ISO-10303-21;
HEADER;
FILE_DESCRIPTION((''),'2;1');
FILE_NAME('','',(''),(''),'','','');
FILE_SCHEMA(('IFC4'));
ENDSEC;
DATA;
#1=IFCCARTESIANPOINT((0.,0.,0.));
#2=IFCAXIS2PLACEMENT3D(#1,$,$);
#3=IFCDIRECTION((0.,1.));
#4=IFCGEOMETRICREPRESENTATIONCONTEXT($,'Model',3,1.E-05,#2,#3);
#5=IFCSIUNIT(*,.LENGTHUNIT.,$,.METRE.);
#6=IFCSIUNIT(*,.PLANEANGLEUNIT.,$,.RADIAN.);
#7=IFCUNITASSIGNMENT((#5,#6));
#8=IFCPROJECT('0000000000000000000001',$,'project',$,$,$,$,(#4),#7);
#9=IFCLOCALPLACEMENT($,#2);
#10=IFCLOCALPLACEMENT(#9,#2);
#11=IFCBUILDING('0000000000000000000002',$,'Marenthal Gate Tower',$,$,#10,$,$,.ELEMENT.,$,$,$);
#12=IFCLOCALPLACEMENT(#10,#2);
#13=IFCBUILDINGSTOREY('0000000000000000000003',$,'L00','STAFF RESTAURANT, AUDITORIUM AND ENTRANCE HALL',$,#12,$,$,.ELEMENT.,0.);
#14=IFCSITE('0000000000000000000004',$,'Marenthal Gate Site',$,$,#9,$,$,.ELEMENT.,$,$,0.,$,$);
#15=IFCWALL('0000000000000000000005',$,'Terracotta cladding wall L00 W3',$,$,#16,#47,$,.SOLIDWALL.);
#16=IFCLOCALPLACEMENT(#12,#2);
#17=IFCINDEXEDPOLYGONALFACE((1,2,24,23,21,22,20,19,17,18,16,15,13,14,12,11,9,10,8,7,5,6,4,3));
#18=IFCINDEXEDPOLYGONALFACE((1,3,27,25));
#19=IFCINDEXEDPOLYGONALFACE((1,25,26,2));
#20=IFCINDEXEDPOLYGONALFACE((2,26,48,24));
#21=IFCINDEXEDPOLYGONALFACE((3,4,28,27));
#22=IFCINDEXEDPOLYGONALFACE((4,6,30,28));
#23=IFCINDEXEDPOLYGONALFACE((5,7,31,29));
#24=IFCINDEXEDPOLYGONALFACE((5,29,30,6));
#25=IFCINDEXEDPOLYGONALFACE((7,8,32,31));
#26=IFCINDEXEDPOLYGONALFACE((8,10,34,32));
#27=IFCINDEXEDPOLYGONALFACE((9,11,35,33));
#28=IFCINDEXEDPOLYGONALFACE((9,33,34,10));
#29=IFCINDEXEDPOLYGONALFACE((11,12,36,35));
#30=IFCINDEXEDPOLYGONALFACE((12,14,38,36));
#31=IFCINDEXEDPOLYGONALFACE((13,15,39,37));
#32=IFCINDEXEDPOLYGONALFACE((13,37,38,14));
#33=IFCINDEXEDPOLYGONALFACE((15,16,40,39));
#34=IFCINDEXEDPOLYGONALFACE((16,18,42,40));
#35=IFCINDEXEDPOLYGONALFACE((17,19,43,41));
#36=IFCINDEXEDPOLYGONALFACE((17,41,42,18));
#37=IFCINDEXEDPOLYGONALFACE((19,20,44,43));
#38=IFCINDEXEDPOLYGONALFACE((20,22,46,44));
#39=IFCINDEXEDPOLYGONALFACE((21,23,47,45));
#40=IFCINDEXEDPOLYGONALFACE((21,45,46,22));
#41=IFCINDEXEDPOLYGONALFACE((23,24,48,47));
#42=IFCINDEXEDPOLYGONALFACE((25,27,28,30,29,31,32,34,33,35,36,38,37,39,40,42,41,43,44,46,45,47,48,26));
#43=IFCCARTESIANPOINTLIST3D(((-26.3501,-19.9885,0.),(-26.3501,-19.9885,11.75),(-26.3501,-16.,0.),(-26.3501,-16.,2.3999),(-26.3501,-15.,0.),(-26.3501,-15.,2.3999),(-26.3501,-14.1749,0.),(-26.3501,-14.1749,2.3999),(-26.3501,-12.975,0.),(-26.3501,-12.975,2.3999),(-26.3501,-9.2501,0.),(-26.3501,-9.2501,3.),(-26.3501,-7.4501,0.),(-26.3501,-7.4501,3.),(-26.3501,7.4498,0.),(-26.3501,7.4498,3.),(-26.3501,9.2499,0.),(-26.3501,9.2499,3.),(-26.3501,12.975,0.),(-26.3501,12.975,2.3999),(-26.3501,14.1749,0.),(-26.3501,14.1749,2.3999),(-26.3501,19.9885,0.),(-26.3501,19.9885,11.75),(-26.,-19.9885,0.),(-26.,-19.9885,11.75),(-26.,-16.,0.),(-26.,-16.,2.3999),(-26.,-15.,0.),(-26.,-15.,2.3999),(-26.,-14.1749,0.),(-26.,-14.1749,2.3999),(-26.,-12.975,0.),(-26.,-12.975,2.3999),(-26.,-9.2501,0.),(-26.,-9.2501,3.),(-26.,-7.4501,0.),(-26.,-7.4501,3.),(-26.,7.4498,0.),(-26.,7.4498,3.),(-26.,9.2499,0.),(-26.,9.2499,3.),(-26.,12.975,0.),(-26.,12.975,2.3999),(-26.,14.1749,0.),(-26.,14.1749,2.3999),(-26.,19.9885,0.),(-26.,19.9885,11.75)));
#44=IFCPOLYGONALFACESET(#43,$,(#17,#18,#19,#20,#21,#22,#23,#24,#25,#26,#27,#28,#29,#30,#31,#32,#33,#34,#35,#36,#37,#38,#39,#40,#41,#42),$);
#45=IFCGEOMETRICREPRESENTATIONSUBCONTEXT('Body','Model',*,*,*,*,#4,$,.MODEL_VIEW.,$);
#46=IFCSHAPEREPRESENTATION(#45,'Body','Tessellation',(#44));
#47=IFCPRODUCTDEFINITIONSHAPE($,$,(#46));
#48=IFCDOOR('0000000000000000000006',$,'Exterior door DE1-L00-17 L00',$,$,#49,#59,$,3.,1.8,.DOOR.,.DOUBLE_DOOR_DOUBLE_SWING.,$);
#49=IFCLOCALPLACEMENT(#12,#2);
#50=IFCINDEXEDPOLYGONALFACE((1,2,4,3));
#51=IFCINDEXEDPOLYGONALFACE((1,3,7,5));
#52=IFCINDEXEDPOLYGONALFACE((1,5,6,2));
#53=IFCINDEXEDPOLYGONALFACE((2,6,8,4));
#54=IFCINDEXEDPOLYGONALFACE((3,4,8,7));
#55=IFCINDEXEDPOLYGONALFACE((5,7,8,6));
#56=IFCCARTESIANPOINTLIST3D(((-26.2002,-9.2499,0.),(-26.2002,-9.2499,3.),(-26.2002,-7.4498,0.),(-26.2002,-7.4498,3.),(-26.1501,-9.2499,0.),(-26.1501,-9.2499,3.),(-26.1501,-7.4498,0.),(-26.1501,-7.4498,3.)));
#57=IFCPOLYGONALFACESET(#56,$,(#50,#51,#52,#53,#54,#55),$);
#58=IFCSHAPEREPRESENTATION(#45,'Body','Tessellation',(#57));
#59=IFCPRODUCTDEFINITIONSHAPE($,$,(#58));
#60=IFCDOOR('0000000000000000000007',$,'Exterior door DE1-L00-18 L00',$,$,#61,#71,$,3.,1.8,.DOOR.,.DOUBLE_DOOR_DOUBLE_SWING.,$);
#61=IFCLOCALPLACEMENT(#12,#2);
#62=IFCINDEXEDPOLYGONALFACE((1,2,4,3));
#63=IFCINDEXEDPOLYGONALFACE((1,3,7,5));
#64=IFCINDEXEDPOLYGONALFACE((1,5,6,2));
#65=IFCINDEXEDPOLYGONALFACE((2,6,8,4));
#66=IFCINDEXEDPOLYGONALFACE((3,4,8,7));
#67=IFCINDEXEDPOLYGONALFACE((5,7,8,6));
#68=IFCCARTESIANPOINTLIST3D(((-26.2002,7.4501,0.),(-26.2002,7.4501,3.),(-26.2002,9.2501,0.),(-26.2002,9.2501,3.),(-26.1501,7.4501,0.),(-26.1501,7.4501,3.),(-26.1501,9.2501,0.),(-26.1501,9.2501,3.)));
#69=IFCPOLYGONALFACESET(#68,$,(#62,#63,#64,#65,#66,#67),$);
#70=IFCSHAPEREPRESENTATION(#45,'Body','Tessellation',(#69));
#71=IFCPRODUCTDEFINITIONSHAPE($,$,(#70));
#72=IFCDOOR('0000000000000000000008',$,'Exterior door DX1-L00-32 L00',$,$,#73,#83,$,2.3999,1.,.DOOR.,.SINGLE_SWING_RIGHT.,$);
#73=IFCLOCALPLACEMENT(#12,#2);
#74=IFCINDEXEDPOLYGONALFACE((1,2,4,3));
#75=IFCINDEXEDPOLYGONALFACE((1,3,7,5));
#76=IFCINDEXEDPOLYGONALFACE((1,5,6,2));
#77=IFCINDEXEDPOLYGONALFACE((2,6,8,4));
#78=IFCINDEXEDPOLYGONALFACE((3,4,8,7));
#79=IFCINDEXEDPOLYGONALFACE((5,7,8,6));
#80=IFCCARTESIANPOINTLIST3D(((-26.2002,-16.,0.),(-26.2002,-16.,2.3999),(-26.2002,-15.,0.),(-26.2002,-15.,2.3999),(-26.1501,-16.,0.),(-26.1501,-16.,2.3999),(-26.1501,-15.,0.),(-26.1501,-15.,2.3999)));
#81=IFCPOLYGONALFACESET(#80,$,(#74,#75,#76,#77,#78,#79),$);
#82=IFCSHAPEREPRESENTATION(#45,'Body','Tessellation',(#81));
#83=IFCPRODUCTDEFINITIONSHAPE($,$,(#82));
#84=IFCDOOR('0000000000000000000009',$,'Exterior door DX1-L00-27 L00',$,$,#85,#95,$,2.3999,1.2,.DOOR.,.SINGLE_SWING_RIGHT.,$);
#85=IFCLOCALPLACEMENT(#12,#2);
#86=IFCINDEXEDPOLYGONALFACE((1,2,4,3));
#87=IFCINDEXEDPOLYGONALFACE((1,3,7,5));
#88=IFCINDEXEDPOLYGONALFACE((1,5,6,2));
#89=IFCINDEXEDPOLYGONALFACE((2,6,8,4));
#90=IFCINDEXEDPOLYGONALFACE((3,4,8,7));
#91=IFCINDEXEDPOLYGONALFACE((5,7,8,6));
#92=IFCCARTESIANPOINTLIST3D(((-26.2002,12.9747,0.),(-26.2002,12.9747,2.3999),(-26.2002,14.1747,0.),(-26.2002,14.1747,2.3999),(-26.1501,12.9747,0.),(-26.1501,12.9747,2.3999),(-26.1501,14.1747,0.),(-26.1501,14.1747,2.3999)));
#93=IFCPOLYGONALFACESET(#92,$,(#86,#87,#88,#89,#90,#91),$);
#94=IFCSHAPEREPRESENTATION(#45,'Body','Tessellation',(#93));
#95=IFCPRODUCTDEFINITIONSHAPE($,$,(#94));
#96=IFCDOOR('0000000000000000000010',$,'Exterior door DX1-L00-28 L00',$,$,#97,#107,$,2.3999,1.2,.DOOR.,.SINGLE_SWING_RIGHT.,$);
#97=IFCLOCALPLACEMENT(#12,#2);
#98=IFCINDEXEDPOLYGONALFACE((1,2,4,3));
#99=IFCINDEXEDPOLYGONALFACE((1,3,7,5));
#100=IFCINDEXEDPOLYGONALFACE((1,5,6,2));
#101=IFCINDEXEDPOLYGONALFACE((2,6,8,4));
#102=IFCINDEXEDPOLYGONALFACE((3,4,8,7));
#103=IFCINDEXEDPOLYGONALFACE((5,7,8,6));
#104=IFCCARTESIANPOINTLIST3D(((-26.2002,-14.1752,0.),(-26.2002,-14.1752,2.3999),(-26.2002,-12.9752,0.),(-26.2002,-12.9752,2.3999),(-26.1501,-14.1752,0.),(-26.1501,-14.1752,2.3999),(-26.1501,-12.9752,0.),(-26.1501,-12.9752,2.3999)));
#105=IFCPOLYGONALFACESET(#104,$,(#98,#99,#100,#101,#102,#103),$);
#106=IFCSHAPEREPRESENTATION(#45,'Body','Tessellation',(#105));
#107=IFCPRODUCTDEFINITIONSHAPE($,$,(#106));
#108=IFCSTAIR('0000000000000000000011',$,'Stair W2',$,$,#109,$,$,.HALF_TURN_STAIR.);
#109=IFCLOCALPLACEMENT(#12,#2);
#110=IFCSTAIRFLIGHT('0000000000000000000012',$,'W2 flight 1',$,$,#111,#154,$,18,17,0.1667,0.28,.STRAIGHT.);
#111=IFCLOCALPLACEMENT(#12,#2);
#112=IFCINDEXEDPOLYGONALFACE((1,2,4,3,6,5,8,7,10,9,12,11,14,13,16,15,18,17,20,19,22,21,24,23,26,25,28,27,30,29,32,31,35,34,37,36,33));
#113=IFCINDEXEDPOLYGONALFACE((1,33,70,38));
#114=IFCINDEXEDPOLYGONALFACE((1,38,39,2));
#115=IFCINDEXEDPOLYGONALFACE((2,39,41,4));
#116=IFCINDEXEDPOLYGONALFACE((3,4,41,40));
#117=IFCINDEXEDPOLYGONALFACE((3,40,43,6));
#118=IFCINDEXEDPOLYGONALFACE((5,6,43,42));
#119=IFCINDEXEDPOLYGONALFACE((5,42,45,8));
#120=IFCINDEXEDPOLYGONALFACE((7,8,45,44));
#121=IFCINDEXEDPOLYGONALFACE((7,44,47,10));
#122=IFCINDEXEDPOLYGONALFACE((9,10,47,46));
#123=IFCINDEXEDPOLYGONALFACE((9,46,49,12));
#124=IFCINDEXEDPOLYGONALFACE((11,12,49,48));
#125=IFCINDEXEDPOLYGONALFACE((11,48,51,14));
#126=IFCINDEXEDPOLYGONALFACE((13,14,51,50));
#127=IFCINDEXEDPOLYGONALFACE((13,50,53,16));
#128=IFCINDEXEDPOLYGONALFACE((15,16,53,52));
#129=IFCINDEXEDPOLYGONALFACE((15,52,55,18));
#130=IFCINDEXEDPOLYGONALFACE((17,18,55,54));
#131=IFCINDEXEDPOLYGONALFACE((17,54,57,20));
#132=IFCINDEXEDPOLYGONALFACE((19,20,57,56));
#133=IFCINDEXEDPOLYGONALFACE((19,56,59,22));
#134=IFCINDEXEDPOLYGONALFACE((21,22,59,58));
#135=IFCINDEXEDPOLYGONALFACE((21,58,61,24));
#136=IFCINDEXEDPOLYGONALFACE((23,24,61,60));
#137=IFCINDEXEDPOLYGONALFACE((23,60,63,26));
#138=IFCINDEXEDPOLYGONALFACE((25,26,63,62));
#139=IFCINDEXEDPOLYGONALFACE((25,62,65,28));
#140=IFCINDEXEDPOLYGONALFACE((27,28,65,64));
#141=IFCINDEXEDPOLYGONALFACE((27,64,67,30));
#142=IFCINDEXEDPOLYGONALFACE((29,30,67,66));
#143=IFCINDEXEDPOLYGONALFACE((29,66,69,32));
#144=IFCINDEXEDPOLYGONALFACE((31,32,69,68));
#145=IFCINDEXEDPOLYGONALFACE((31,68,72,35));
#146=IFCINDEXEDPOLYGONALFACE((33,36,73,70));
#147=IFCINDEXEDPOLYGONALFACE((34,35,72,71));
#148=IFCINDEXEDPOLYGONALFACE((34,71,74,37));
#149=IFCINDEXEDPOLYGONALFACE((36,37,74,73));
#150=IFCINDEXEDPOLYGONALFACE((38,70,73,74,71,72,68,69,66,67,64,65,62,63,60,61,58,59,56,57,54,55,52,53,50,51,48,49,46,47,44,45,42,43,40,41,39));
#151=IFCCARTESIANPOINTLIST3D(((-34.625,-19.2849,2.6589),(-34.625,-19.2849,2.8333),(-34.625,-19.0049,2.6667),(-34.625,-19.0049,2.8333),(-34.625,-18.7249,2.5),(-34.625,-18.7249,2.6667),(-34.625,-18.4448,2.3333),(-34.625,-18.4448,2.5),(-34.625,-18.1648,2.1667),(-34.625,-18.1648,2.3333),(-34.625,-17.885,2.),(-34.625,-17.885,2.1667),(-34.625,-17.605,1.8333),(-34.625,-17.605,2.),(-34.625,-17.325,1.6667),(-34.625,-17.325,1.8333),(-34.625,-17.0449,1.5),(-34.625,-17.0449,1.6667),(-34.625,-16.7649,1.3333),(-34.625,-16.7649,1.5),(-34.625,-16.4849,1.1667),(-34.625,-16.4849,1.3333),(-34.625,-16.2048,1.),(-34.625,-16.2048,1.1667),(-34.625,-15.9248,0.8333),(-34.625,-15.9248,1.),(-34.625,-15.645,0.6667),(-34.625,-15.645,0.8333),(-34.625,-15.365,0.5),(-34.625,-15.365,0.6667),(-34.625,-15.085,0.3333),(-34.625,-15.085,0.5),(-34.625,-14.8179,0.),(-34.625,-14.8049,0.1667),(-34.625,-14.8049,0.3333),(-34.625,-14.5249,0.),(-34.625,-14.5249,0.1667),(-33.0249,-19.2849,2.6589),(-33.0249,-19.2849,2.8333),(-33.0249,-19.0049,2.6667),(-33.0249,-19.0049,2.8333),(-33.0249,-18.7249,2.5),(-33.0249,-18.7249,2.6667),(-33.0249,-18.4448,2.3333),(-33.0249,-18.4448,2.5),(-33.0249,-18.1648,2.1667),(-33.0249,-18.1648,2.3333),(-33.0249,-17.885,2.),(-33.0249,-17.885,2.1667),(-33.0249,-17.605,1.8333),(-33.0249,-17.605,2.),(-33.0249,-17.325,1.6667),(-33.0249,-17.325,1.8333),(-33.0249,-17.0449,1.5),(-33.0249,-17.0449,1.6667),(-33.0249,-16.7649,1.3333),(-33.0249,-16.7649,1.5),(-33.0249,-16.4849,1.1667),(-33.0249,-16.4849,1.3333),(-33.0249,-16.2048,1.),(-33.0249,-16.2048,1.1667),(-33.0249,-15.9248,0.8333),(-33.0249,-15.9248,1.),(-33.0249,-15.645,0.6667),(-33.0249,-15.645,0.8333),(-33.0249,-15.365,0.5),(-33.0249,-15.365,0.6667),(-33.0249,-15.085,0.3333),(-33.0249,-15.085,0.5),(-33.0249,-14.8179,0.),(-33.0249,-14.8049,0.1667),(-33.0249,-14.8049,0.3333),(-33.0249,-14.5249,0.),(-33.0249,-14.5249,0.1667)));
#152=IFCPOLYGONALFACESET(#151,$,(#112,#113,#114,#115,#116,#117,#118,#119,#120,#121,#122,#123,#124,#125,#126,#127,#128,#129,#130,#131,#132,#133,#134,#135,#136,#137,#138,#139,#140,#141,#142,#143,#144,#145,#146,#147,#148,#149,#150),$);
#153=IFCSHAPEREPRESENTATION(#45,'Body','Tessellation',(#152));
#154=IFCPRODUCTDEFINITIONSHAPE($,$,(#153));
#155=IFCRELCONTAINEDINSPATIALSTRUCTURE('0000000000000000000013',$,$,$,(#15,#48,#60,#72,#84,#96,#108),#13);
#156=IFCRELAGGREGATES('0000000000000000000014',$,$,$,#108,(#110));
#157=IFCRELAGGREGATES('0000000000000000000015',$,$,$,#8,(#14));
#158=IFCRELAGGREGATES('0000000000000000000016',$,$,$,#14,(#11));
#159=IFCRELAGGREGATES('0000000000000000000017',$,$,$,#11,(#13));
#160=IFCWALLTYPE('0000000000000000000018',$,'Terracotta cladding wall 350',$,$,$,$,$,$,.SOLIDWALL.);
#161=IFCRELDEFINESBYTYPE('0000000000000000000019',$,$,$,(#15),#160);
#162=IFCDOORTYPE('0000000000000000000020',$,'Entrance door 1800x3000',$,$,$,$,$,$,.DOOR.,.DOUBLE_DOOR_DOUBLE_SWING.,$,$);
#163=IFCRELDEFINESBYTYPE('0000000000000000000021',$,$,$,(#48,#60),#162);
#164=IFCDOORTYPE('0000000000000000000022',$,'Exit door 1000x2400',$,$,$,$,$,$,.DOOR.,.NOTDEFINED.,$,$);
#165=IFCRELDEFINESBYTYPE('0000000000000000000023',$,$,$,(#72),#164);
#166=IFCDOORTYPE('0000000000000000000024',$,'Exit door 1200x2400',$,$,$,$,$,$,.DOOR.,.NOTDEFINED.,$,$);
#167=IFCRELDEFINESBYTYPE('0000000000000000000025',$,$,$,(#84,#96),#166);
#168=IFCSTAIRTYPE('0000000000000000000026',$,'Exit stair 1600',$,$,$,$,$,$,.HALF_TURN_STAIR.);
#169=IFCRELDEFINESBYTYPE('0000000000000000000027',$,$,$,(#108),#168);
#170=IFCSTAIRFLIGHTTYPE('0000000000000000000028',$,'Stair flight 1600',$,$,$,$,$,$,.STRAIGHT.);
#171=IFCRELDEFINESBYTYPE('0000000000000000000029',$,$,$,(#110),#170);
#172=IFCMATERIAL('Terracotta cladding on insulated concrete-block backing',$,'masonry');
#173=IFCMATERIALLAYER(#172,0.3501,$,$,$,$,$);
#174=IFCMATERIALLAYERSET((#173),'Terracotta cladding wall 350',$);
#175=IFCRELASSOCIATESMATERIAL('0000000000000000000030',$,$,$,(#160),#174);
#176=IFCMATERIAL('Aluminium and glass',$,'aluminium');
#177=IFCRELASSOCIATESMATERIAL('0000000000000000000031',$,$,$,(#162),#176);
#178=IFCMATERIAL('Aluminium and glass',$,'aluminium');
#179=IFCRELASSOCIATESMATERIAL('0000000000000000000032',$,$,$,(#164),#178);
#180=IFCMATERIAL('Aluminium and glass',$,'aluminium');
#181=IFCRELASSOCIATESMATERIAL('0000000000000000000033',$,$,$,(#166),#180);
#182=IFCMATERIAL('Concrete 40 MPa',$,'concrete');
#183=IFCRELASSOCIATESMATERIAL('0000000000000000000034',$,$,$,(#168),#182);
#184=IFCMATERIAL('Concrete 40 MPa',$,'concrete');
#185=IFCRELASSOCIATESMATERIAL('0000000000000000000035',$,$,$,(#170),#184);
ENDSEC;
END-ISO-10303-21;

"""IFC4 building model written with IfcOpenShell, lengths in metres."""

from ifc_helpers import new_model, si_unit, direction, frame, frame_2d, origin, place, context, subcontext, project, spatial, polyline, rectangle, outline, extrude, material, layer, layer_set, type_object, element, fill, aggregate, save


model = new_model("IFC4")

# Units and contexts
model_context = context("Model", 3, precision=1e-05, world=origin(), true_north=direction((0.0, 1.0)))
body_context = subcontext(model_context, "Body", "Model", "MODEL_VIEW")
ifc_project = project(units=[si_unit("LENGTHUNIT", "METRE"), si_unit("PLANEANGLEUNIT", "RADIAN")], contexts=[model_context])

# Site, building, storey
site_placement = place(None, origin())
site = spatial("IfcSite", under=ifc_project, at=site_placement, Name="Marenthal Gate Site", CompositionType="ELEMENT", RefElevation=0.0)
building_placement = place(site_placement, origin())
building = spatial("IfcBuilding", under=site, at=building_placement, Name="Marenthal Gate Tower", CompositionType="ELEMENT")
storey_placement = place(building_placement, origin())
storey = spatial("IfcBuildingStorey", under=building, at=storey_placement, Name="L00", Description="STAFF RESTAURANT, AUDITORIUM AND ENTRANCE HALL", CompositionType="ELEMENT", Elevation=0.0)

# Shared definitions
ifc_material_1 = material(Name="Terracotta cladding on insulated concrete-block backing", Category="masonry")
ifc_layer_1 = layer(ifc_material_1, 0.3501)
ifc_layer_set_1 = layer_set([ifc_layer_1], Name="Terracotta cladding wall 350")
wall_type_1 = type_object("IfcWallType", Name="Terracotta cladding wall 350", PredefinedType="SOLIDWALL", material=ifc_layer_set_1)

# Wall, openings, doors
wall_1_placement = place(storey_placement, frame((-26.175, -19.9885, 0.0), z_axis=(0.0, 0.0, 1.0), x_axis=(0.0, 1.0, 0.0)))
wall_1 = element("IfcWall", 1, at=wall_1_placement, inside=storey, type_object=wall_type_1, Name="Terracotta cladding wall L00 W3", PredefinedType="SOLIDWALL", context=body_context, shape_type="SweptSolid", body=[
    extrude(rectangle(XDim=39.9771, YDim=0.3501, at=frame_2d((19.9885, 0.0))), origin(), (0.0, 0.0, 1.0), 11.75),
])
opening_1_placement = place(wall_1_placement, frame((10.7385, 0.0, 0.0)))
opening_1 = element("IfcOpeningElement", 2, at=opening_1_placement, cuts=wall_1, PredefinedType="OPENING", context=body_context, shape_type="SweptSolid", body=[
    extrude(rectangle(XDim=1.8, YDim=3.0, at=frame_2d((0.8999, 1.5))), frame((0.0, 0.1851, 0.0), z_axis=(0.0, -1.0, 0.0), x_axis=(1.0, 0.0, 0.0)), (0.0, 0.0, 1.0), 0.3701),
])
opening_2_placement = place(wall_1_placement, frame((27.4385, 0.0, 0.0)))
opening_2 = element("IfcOpeningElement", 3, at=opening_2_placement, cuts=wall_1, PredefinedType="OPENING", context=body_context, shape_type="SweptSolid", body=[
    extrude(rectangle(XDim=1.8, YDim=3.0, at=frame_2d((0.8999, 1.5))), frame((0.0, 0.1851, 0.0), z_axis=(0.0, -1.0, 0.0), x_axis=(1.0, 0.0, 0.0)), (0.0, 0.0, 1.0), 0.3701),
])
opening_3_placement = place(wall_1_placement, frame((32.9634, 0.0, 0.0)))
opening_3 = element("IfcOpeningElement", 4, at=opening_3_placement, cuts=wall_1, PredefinedType="OPENING", context=body_context, shape_type="SweptSolid", body=[
    extrude(rectangle(XDim=1.2, YDim=2.3999, at=frame_2d((0.6001, 1.2))), frame((0.0, 0.1851, 0.0), z_axis=(0.0, -1.0, 0.0), x_axis=(1.0, 0.0, 0.0)), (0.0, 0.0, 1.0), 0.3701),
])
opening_4_placement = place(wall_1_placement, frame((5.8135, 0.0, 0.0)))
opening_4 = element("IfcOpeningElement", 5, at=opening_4_placement, cuts=wall_1, PredefinedType="OPENING", context=body_context, shape_type="SweptSolid", body=[
    extrude(rectangle(XDim=1.2, YDim=2.3999, at=frame_2d((0.6001, 1.2))), frame((0.0, 0.1851, 0.0), z_axis=(0.0, -1.0, 0.0), x_axis=(1.0, 0.0, 0.0)), (0.0, 0.0, 1.0), 0.3701),
])
opening_5_placement = place(wall_1_placement, frame((3.9885, 0.0, 0.0)))
opening_5 = element("IfcOpeningElement", 6, at=opening_5_placement, cuts=wall_1, PredefinedType="OPENING", context=body_context, shape_type="SweptSolid", body=[
    extrude(rectangle(XDim=1.0, YDim=2.3999, at=frame_2d((0.5, 1.2))), frame((0.0, 0.1851, 0.0), z_axis=(0.0, -1.0, 0.0), x_axis=(1.0, 0.0, 0.0)), (0.0, 0.0, 1.0), 0.3701),
])
ifc_material_2 = material(Name="Aluminium and glass", Category="aluminium")
door_type_1 = type_object("IfcDoorType", Name="Entrance door 1800x3000", OperationType="DOUBLE_DOOR_DOUBLE_SWING", PredefinedType="DOOR", material=ifc_material_2)
door_1_placement = place(opening_1_placement, frame((1.8, 0.0, 0.0), z_axis=(0.0, 0.0, 1.0), x_axis=(-1.0, 0.0, 0.0)))
door_1 = element("IfcDoor", 7, at=door_1_placement, inside=storey, type_object=door_type_1, Name="Exterior door DE1-L00-17 L00", OperationType="DOUBLE_DOOR_DOUBLE_SWING", OverallHeight=3.0, OverallWidth=1.8, PredefinedType="DOOR", context=body_context, shape_type="SweptSolid", body=[
    extrude(rectangle(XDim=1.8, YDim=3.0, at=frame_2d((0.8999, 1.5))), frame((0.0, 0.0249, 0.0), z_axis=(0.0, -1.0, 0.0), x_axis=(1.0, 0.0, 0.0)), (0.0, 0.0, 1.0), 0.05),
])
fill(opening_1, door_1)
door_2_placement = place(opening_2_placement, frame((1.8, 0.0, 0.0), z_axis=(0.0, 0.0, 1.0), x_axis=(-1.0, 0.0, 0.0)))
door_2 = element("IfcDoor", 8, at=door_2_placement, inside=storey, type_object=door_type_1, Name="Exterior door DE1-L00-18 L00", OperationType="DOUBLE_DOOR_DOUBLE_SWING", OverallHeight=3.0, OverallWidth=1.8, PredefinedType="DOOR", context=body_context, shape_type="SweptSolid", body=[
    extrude(rectangle(XDim=1.8, YDim=3.0, at=frame_2d((0.8999, 1.5))), frame((0.0, 0.0249, 0.0), z_axis=(0.0, -1.0, 0.0), x_axis=(1.0, 0.0, 0.0)), (0.0, 0.0, 1.0), 0.05),
])
fill(opening_2, door_2)
ifc_material_3 = material(Name="Aluminium and glass", Category="aluminium")
door_type_2 = type_object("IfcDoorType", Name="Exit door 1000x2400", OperationType="NOTDEFINED", PredefinedType="DOOR", material=ifc_material_3)
door_3_placement = place(opening_5_placement, frame((1.0, 0.0, 0.0), z_axis=(0.0, 0.0, 1.0), x_axis=(-1.0, 0.0, 0.0)))
door_3 = element("IfcDoor", 9, at=door_3_placement, inside=storey, type_object=door_type_2, Name="Exterior door DX1-L00-32 L00", OperationType="SINGLE_SWING_RIGHT", OverallHeight=2.3999, OverallWidth=1.0, PredefinedType="DOOR", context=body_context, shape_type="SweptSolid", body=[
    extrude(rectangle(XDim=1.0, YDim=2.3999, at=frame_2d((0.5, 1.2))), frame((0.0, 0.0249, 0.0), z_axis=(0.0, -1.0, 0.0), x_axis=(1.0, 0.0, 0.0)), (0.0, 0.0, 1.0), 0.05),
])
fill(opening_5, door_3)
ifc_material_4 = material(Name="Aluminium and glass", Category="aluminium")
door_type_3 = type_object("IfcDoorType", Name="Exit door 1200x2400", OperationType="NOTDEFINED", PredefinedType="DOOR", material=ifc_material_4)
door_4_placement = place(opening_3_placement, frame((1.2, 0.0, 0.0), z_axis=(0.0, 0.0, 1.0), x_axis=(-1.0, 0.0, 0.0)))
door_4 = element("IfcDoor", 10, at=door_4_placement, inside=storey, type_object=door_type_3, Name="Exterior door DX1-L00-27 L00", OperationType="SINGLE_SWING_RIGHT", OverallHeight=2.3999, OverallWidth=1.2, PredefinedType="DOOR", context=body_context, shape_type="SweptSolid", body=[
    extrude(rectangle(XDim=1.2, YDim=2.3999, at=frame_2d((0.6001, 1.2))), frame((0.0, 0.0249, 0.0), z_axis=(0.0, -1.0, 0.0), x_axis=(1.0, 0.0, 0.0)), (0.0, 0.0, 1.0), 0.05),
])
fill(opening_3, door_4)
door_5_placement = place(opening_4_placement, frame((1.2, 0.0, 0.0), z_axis=(0.0, 0.0, 1.0), x_axis=(-1.0, 0.0, 0.0)))
door_5 = element("IfcDoor", 11, at=door_5_placement, inside=storey, type_object=door_type_3, Name="Exterior door DX1-L00-28 L00", OperationType="SINGLE_SWING_RIGHT", OverallHeight=2.3999, OverallWidth=1.2, PredefinedType="DOOR", context=body_context, shape_type="SweptSolid", body=[
    extrude(rectangle(XDim=1.2, YDim=2.3999, at=frame_2d((0.6001, 1.2))), frame((0.0, 0.0249, 0.0), z_axis=(0.0, -1.0, 0.0), x_axis=(1.0, 0.0, 0.0)), (0.0, 0.0, 1.0), 0.05),
])
fill(opening_4, door_5)

# Stair, stair flight
ifc_material_5 = material(Name="Concrete 40 MPa", Category="concrete")
stair_type = type_object("IfcStairType", Name="Exit stair 1600", PredefinedType="HALF_TURN_STAIR", material=ifc_material_5)
stair_placement = place(storey_placement, origin())
stair = element("IfcStair", 12, at=stair_placement, inside=storey, type_object=stair_type, Name="Stair W2", PredefinedType="HALF_TURN_STAIR")
ifc_material_6 = material(Name="Concrete 40 MPa", Category="concrete")
stair_flight_type = type_object("IfcStairFlightType", Name="Stair flight 1600", PredefinedType="STRAIGHT", material=ifc_material_6)
stair_flight_1_placement = place(storey_placement, frame((-33.825, -14.5249, 0.0), z_axis=(0.0, 0.0, 1.0), x_axis=(0.0, -1.0, 0.0)))
stair_flight_1 = element("IfcStairFlight", 13, at=stair_flight_1_placement, type_object=stair_flight_type, Name="W2 flight 1", NumberOfRisers=18, NumberOfTreads=17, PredefinedType="STRAIGHT", RiserHeight=0.1667, TreadLength=0.28, context=body_context, shape_type="SweptSolid", body=[
    extrude(outline(polyline([(0.0, 0.0), (0.0, 0.1667), (0.28, 0.1667), (0.28, 0.3333), (0.5601, 0.3333), (0.5601, 0.5), (0.8401, 0.5), (0.8401, 0.6667), (1.1201, 0.6667), (1.1201, 0.8333), (1.3999, 0.8333), (1.3999, 1.0), (1.6799, 1.0), (1.6799, 1.1667), (1.96, 1.1667), (1.96, 1.3333), (2.24, 1.3333), (2.24, 1.5), (2.52, 1.5), (2.52, 1.6667), (2.8, 1.6667), (2.8, 1.8333), (3.0801, 1.8333), (3.0801, 2.0), (3.3601, 2.0), (3.3601, 2.1667), (3.6399, 2.1667), (3.6399, 2.3333), (3.9199, 2.3333), (3.9199, 2.5), (4.2, 2.5), (4.2, 2.6667), (4.48, 2.6667), (4.48, 2.8333), (4.76, 2.8333), (4.76, 3.0), (4.76, 2.6589), (0.293, 0.0), (0.0, 0.0)])), frame((0.0, 0.8, 0.0), z_axis=(0.0, -1.0, 0.0), x_axis=(1.0, 0.0, 0.0)), (0.0, 0.0, 1.0), 1.6001),
])
aggregate(stair, [stair_flight_1])

save(model, "model.ifc")
